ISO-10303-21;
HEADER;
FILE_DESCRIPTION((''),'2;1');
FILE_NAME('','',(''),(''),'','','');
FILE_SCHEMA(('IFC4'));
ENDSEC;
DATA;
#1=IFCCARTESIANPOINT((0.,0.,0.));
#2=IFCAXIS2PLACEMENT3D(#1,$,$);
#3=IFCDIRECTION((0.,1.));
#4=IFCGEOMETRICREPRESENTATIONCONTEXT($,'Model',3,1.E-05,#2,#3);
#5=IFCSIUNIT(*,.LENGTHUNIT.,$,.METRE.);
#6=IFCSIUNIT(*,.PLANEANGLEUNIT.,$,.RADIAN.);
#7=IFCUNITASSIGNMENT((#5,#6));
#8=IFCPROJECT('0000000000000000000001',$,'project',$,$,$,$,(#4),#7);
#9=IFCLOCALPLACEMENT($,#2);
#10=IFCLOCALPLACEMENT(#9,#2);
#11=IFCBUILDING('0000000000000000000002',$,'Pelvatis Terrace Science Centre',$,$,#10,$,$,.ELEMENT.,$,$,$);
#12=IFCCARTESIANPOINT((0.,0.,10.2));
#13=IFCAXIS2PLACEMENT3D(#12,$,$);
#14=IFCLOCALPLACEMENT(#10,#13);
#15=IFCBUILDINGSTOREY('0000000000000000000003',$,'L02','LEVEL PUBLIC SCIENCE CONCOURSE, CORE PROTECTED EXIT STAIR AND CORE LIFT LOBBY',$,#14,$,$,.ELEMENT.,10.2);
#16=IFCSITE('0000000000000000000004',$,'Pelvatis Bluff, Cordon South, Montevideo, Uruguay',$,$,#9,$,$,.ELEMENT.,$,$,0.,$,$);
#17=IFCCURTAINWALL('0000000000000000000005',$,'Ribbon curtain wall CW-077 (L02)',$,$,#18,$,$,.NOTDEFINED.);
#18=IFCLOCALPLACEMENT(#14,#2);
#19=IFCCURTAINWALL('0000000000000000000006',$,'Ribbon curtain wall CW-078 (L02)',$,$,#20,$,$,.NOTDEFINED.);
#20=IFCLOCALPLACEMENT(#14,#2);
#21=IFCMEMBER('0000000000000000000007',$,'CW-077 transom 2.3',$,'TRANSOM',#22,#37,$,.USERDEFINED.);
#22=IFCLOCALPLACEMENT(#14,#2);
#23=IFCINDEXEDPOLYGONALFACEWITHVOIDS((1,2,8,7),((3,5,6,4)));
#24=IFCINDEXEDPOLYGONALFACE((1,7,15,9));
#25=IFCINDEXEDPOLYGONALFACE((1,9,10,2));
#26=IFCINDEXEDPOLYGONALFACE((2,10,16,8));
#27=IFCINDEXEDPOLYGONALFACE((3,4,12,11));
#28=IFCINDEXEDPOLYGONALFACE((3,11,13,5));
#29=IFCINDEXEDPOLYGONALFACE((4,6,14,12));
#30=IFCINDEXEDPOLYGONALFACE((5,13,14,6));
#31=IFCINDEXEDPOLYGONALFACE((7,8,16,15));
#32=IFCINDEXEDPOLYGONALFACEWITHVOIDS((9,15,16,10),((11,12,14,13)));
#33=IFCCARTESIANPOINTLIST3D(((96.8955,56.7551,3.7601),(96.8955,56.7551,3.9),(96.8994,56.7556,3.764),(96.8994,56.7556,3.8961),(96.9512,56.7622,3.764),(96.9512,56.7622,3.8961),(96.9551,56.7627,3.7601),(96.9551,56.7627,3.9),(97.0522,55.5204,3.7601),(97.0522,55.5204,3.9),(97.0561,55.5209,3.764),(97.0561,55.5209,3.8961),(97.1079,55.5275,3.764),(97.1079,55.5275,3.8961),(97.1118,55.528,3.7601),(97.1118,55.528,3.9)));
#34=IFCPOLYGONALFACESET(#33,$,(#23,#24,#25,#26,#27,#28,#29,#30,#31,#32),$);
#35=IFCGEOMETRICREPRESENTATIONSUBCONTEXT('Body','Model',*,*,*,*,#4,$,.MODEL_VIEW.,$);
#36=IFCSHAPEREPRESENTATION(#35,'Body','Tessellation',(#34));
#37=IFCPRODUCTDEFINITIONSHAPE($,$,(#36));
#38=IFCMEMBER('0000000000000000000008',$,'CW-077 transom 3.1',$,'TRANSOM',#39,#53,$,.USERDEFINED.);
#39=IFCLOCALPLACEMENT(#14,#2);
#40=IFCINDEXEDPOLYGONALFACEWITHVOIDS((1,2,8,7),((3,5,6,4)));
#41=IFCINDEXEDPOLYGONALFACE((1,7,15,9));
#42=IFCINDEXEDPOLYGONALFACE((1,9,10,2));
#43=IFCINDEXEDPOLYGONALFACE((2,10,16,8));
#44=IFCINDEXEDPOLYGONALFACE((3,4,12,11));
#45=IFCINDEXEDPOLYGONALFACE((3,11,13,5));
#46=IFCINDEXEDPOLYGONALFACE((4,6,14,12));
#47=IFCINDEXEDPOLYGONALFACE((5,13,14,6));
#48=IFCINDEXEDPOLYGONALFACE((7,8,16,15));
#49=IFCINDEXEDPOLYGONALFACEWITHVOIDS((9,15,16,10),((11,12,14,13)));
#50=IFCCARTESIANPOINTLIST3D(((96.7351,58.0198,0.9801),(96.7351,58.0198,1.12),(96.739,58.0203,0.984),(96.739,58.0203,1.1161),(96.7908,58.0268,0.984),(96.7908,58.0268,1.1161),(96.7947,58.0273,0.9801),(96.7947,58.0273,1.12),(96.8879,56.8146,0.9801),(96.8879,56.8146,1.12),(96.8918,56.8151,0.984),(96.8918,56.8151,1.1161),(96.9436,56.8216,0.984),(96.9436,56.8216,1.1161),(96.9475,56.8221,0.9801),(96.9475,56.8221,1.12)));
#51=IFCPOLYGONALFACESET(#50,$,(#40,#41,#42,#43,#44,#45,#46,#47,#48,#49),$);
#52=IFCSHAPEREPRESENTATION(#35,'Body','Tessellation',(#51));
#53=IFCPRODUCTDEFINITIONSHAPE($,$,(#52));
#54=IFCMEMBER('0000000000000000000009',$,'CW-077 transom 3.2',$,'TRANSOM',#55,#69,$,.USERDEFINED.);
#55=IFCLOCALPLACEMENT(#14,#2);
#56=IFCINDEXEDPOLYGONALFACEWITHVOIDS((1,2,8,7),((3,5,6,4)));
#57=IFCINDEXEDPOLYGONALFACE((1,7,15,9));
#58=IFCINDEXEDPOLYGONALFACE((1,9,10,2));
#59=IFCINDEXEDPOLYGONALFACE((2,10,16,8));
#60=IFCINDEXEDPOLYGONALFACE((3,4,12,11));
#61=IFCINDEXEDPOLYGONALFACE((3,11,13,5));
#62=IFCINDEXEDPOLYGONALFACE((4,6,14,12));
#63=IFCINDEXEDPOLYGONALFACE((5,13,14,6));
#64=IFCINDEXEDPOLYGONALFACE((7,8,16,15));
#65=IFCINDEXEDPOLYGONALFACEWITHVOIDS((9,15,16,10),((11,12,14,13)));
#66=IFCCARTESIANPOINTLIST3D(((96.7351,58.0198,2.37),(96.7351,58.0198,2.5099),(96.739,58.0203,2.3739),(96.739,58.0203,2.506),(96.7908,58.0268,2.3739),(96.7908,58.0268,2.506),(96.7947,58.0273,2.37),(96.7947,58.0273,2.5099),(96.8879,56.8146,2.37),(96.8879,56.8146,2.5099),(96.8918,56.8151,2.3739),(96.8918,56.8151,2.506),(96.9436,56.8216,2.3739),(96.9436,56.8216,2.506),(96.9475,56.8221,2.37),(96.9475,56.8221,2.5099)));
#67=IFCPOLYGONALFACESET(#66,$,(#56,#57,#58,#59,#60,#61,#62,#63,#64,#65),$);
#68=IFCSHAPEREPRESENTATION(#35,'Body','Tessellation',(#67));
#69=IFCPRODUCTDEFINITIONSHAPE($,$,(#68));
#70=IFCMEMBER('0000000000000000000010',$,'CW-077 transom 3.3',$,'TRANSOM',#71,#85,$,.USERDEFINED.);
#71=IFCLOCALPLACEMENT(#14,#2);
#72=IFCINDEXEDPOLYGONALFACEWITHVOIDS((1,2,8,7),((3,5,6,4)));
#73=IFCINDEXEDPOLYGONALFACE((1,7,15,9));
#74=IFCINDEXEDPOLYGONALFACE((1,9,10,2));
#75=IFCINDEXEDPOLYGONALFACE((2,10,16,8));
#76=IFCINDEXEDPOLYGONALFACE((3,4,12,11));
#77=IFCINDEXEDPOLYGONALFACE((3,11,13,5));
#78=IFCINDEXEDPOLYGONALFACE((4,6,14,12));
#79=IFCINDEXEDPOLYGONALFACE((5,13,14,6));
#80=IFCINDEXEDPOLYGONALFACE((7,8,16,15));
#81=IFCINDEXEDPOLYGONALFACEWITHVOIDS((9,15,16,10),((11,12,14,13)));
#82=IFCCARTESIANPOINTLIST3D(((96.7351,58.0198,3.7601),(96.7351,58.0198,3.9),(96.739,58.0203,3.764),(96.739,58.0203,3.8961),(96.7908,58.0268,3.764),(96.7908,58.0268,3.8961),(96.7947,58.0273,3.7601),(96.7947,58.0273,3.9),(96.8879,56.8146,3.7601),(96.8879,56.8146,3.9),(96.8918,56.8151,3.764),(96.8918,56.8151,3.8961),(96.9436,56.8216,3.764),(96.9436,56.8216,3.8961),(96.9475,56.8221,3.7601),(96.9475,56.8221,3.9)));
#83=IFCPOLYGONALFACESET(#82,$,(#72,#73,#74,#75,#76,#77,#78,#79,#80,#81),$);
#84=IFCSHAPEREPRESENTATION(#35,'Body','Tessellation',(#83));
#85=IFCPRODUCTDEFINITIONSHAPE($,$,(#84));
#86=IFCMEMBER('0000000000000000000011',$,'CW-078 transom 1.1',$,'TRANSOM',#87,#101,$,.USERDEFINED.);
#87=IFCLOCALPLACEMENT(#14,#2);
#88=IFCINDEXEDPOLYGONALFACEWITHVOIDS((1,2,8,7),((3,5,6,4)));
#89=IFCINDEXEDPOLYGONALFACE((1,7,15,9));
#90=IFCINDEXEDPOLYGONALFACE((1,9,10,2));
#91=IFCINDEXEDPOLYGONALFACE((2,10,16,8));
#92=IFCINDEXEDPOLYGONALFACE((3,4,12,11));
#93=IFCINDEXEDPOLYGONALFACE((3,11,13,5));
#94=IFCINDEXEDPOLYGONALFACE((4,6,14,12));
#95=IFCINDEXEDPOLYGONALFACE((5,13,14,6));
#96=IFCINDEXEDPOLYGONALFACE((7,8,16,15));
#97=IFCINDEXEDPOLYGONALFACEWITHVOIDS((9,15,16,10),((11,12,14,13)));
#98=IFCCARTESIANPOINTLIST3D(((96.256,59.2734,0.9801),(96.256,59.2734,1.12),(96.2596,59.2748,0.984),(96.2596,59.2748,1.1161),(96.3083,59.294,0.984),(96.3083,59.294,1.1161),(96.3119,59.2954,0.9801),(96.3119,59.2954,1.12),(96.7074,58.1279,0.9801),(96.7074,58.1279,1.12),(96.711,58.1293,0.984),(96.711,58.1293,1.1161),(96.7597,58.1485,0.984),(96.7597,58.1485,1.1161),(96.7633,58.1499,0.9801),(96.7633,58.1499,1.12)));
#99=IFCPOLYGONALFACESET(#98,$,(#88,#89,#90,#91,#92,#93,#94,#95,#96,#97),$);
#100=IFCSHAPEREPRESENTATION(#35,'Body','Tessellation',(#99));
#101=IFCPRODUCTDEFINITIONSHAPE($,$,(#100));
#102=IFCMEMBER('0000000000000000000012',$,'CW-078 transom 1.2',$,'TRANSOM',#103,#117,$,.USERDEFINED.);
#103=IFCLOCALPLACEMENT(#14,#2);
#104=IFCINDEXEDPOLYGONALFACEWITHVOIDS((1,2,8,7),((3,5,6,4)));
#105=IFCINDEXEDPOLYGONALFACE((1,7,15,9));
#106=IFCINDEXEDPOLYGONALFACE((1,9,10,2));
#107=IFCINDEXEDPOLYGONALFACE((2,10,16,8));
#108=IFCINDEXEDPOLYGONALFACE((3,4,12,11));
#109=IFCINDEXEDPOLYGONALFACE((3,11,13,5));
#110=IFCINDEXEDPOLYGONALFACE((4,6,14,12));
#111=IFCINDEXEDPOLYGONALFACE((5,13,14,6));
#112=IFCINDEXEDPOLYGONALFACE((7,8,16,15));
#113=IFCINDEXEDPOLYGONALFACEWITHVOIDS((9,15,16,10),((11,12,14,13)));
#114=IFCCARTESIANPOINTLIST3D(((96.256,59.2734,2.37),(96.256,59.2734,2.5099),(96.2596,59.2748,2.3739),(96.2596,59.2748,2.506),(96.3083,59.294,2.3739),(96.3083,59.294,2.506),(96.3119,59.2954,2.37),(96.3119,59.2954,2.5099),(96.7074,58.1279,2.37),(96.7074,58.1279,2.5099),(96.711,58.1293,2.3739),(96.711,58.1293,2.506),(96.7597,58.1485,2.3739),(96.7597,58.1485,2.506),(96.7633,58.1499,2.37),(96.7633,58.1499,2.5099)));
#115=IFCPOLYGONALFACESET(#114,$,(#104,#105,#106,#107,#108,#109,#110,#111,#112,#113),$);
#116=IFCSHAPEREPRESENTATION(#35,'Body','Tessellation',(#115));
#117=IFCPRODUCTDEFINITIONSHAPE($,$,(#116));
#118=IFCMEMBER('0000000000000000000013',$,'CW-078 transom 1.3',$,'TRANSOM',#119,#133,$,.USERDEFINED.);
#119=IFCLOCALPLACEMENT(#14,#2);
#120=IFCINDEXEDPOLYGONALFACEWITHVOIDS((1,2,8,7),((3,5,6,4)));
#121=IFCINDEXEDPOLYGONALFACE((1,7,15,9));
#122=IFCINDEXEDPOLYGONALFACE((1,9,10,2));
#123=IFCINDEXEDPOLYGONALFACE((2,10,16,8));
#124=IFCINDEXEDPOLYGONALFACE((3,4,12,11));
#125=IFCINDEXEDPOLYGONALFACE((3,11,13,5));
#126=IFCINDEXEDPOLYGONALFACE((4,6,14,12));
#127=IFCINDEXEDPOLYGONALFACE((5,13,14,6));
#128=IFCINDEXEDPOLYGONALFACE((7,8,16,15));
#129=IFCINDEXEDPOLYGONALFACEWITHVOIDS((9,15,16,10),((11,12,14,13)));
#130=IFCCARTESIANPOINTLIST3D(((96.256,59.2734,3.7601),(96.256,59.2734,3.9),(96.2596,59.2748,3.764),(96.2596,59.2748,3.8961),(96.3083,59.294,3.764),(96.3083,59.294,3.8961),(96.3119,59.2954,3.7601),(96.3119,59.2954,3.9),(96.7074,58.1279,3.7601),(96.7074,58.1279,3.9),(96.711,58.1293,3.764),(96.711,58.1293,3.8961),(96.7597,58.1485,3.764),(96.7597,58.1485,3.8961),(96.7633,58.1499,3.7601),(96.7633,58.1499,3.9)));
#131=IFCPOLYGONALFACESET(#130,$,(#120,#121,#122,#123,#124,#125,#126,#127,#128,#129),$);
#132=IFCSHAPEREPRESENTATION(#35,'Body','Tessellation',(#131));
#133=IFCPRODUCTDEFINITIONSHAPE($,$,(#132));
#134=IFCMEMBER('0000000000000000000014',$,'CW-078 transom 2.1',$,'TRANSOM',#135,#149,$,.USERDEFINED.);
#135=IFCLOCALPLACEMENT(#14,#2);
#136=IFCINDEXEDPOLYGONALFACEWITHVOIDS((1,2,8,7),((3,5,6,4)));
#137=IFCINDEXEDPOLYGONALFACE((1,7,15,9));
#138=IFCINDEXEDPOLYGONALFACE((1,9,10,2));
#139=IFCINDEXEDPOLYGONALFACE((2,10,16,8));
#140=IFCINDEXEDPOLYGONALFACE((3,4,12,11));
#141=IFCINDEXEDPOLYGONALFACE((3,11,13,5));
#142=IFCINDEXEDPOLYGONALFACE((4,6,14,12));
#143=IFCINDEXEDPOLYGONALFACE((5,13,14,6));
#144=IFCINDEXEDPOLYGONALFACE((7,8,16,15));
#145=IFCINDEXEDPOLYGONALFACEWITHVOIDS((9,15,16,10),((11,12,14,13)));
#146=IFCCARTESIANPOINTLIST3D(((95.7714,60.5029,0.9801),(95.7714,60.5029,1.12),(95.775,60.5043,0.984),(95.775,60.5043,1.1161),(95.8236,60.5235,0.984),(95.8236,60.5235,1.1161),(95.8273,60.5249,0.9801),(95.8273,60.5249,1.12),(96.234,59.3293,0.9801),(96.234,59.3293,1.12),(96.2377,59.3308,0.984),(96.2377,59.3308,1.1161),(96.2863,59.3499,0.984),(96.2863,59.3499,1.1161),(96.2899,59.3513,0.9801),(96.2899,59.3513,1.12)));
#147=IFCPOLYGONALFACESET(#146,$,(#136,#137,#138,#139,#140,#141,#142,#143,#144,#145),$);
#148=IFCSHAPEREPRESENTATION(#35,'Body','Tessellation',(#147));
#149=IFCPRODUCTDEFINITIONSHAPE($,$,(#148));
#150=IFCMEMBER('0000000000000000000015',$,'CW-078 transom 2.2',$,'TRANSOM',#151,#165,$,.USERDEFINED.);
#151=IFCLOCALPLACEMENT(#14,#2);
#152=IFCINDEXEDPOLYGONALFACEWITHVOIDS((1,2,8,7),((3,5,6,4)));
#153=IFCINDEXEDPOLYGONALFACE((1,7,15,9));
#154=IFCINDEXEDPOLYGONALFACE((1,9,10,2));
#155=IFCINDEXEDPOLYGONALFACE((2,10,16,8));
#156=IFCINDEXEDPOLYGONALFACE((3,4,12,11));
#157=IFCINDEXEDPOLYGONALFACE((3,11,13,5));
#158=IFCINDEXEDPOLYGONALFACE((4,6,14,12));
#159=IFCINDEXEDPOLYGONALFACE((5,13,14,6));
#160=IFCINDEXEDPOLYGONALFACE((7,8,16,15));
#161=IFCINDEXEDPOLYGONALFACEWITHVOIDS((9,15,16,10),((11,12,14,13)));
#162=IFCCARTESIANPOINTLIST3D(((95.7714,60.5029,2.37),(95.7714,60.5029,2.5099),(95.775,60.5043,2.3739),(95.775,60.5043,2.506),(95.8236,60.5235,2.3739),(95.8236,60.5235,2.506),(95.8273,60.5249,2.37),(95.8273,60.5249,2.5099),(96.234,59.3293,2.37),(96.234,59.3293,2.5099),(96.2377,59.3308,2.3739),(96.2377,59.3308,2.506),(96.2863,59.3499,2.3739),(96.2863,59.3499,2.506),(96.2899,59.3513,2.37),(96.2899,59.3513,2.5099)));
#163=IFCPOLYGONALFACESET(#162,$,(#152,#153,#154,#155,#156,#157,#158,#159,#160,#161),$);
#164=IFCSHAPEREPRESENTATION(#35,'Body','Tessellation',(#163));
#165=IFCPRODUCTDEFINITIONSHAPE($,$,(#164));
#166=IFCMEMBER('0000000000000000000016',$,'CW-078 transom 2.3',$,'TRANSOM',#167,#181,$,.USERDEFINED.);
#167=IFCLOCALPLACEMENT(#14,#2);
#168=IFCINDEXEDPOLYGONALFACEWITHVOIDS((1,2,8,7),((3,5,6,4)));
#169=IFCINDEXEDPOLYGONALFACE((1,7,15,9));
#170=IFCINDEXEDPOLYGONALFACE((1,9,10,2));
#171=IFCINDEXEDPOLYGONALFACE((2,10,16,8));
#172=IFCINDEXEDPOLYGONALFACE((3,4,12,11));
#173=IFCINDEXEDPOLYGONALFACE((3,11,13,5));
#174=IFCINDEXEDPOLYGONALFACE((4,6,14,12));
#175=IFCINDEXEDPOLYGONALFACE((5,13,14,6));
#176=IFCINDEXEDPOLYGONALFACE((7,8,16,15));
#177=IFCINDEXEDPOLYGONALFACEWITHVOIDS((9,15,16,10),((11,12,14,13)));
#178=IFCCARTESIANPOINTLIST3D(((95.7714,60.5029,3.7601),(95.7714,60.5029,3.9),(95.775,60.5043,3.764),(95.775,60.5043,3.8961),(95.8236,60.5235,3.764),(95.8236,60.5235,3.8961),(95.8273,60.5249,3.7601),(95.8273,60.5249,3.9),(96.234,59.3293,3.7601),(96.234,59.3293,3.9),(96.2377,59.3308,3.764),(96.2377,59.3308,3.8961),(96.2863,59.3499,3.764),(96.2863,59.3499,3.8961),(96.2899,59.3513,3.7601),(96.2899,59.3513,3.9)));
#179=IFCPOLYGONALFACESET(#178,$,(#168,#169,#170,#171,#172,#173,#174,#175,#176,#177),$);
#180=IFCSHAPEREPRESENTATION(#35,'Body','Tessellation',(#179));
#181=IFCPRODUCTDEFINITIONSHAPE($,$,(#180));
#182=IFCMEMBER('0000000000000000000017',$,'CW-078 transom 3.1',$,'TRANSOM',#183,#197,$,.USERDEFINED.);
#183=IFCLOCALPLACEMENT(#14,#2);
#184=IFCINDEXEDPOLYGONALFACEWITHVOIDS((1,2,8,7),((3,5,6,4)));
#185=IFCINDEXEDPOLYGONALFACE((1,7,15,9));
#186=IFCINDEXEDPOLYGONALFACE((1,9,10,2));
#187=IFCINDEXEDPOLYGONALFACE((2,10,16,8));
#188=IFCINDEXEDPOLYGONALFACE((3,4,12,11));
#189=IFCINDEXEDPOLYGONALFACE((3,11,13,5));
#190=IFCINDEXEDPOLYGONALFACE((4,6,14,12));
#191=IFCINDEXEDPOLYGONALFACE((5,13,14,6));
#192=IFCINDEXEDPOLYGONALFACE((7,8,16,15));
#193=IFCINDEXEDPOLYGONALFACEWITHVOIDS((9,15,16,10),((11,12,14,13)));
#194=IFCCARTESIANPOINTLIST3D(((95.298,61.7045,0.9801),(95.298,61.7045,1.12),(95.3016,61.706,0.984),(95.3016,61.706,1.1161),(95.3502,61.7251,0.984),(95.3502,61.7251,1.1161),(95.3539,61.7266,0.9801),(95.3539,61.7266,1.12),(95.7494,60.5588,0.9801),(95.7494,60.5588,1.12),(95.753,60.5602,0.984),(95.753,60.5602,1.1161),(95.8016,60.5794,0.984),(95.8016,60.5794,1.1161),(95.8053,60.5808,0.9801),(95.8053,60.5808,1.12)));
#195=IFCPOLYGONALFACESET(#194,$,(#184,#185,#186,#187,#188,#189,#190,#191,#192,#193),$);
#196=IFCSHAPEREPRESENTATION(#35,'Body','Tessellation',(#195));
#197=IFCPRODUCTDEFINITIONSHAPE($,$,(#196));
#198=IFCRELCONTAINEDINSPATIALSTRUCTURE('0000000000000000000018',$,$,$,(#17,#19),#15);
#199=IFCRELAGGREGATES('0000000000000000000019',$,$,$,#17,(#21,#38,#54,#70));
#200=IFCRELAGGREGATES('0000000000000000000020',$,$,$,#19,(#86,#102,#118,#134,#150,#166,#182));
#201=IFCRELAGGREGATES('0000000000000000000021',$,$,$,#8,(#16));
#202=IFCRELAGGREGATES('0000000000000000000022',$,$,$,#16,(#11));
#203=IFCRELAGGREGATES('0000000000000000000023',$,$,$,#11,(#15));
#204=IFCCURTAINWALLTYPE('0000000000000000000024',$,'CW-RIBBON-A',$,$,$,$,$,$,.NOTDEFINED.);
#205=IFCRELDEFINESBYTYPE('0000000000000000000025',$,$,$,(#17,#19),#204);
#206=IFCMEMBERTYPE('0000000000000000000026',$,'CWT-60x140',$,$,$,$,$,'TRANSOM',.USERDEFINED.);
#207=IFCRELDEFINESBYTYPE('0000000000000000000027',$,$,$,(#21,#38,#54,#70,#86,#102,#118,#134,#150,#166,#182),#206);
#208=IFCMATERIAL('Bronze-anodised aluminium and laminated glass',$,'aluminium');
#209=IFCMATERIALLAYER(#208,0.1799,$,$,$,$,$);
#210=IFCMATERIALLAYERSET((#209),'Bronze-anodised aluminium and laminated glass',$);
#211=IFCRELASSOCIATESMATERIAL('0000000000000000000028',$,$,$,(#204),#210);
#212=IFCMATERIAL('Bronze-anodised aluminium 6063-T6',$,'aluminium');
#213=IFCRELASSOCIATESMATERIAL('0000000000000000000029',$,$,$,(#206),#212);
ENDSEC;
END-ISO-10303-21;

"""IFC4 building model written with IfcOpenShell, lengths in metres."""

from ifc_helpers import new_model, si_unit, direction, frame, origin, origin_2d, place, context, subcontext, project, spatial, hollow_rectangle, extrude, material, layer, layer_set, material_profile, profile_set, type_object, element, aggregate, save


model = new_model("IFC4")

# Units and contexts
model_context = context("Model", 3, precision=1e-05, world=origin(), true_north=direction((0.0, 1.0)))
body_context = subcontext(model_context, "Body", "Model", "MODEL_VIEW")
ifc_project = project(units=[si_unit("LENGTHUNIT", "METRE"), si_unit("PLANEANGLEUNIT", "RADIAN")], contexts=[model_context])

# Site, building, storey
site_placement = place(None, origin())
site = spatial("IfcSite", under=ifc_project, at=site_placement, Name="Pelvatis Bluff, Cordon South, Montevideo, Uruguay", CompositionType="ELEMENT", RefElevation=0.0)
building_placement = place(site_placement, origin())
building = spatial("IfcBuilding", under=site, at=building_placement, Name="Pelvatis Terrace Science Centre", CompositionType="ELEMENT")
storey_placement = place(building_placement, frame((0.0, 0.0, 10.2)))
storey = spatial("IfcBuildingStorey", under=building, at=storey_placement, Name="L02", Description="LEVEL PUBLIC SCIENCE CONCOURSE, CORE PROTECTED EXIT STAIR AND CORE LIFT LOBBY", CompositionType="ELEMENT", Elevation=10.2)

# Curtain walls
ifc_material_1 = material(Name="Bronze-anodised aluminium and laminated glass", Category="aluminium")
ifc_layer_1 = layer(ifc_material_1, 0.1799)
ifc_layer_set_1 = layer_set([ifc_layer_1], Name="Bronze-anodised aluminium and laminated glass")
curtain_wall_type = type_object("IfcCurtainWallType", Name="CW-RIBBON-A", PredefinedType="NOTDEFINED", material=ifc_layer_set_1)
curtain_wall_1_placement = place(storey_placement, origin())
curtain_wall_1 = element("IfcCurtainWall", 1, at=curtain_wall_1_placement, inside=storey, type_object=curtain_wall_type, Name="Ribbon curtain wall CW-077 (L02)", PredefinedType="NOTDEFINED")
curtain_wall_2_placement = place(storey_placement, origin())
curtain_wall_2 = element("IfcCurtainWall", 2, at=curtain_wall_2_placement, inside=storey, type_object=curtain_wall_type, Name="Ribbon curtain wall CW-078 (L02)", PredefinedType="NOTDEFINED")

# Members
ifc_material_2 = material(Name="Bronze-anodised aluminium 6063-T6", Category="aluminium")
ifc_material_profile_1 = material_profile(ifc_material_2, hollow_rectangle(XDim=0.0601, YDim=0.1399, WallThickness=0.0039, at=origin_2d()), Name="ALU-TRN 60x140")
ifc_profile_set_1 = profile_set([ifc_material_profile_1], Name="Bronze-anodised aluminium 6063-T6")
member_type_1 = type_object("IfcMemberType", Name="CWT-60x140", ElementType="TRANSOM", PredefinedType="USERDEFINED", material=ifc_profile_set_1)
member_1_placement = place(storey_placement, frame((97.082, 55.5242, 3.8301), z_axis=(-0.125942, 0.992038, 0.0), x_axis=(-0.992038, -0.125942, 0.0)))
member_1 = element("IfcMember", 3, at=member_1_placement, type_object=member_type_1, Name="CW-077 transom 2.3", ObjectType="TRANSOM", PredefinedType="USERDEFINED", context=body_context, shape_type="SweptSolid", body=[
    extrude(hollow_rectangle(XDim=0.0601, YDim=0.1399, WallThickness=0.0039, at=origin_2d()), origin(), (0.0, 0.0, 1.0), 1.2446),
])
member_2_placement = place(storey_placement, frame((96.9177, 56.8184, 1.05), z_axis=(-0.125816, 0.992054, 0.0), x_axis=(-0.992054, -0.125816, 0.0)))
member_2 = element("IfcMember", 4, at=member_2_placement, type_object=member_type_1, Name="CW-077 transom 3.1", ObjectType="TRANSOM", PredefinedType="USERDEFINED", context=body_context, shape_type="SweptSolid", body=[
    extrude(hollow_rectangle(XDim=0.0601, YDim=0.1399, WallThickness=0.0039, at=origin_2d()), origin(), (0.0, 0.0, 1.0), 1.2148),
])
member_3_placement = place(storey_placement, frame((96.9177, 56.8184, 2.4399), z_axis=(-0.125816, 0.992054, 0.0), x_axis=(-0.992054, -0.125816, 0.0)))
member_3 = element("IfcMember", 5, at=member_3_placement, type_object=member_type_1, Name="CW-077 transom 3.2", ObjectType="TRANSOM", PredefinedType="USERDEFINED", context=body_context, shape_type="SweptSolid", body=[
    extrude(hollow_rectangle(XDim=0.0601, YDim=0.1399, WallThickness=0.0039, at=origin_2d()), origin(), (0.0, 0.0, 1.0), 1.2148),
])
member_4_placement = place(storey_placement, frame((96.9177, 56.8184, 3.8301), z_axis=(-0.125816, 0.992054, 0.0), x_axis=(-0.992054, -0.125816, 0.0)))
member_4 = element("IfcMember", 6, at=member_4_placement, type_object=member_type_1, Name="CW-077 transom 3.3", ObjectType="TRANSOM", PredefinedType="USERDEFINED", context=body_context, shape_type="SweptSolid", body=[
    extrude(hollow_rectangle(XDim=0.0601, YDim=0.1399, WallThickness=0.0039, at=origin_2d()), origin(), (0.0, 0.0, 1.0), 1.2148),
])
member_5_placement = place(storey_placement, frame((96.7354, 58.1389, 1.05), z_axis=(-0.366634, 0.930365, 0.0), x_axis=(-0.930365, -0.366634, 0.0)))
member_5 = element("IfcMember", 7, at=member_5_placement, type_object=member_type_1, Name="CW-078 transom 1.1", ObjectType="TRANSOM", PredefinedType="USERDEFINED", context=body_context, shape_type="SweptSolid", body=[
    extrude(hollow_rectangle(XDim=0.0601, YDim=0.1399, WallThickness=0.0039, at=origin_2d()), origin(), (0.0, 0.0, 1.0), 1.2312),
])
member_6_placement = place(storey_placement, frame((96.7354, 58.1389, 2.4399), z_axis=(-0.366634, 0.930365, 0.0), x_axis=(-0.930365, -0.366634, 0.0)))
member_6 = element("IfcMember", 8, at=member_6_placement, type_object=member_type_1, Name="CW-078 transom 1.2", ObjectType="TRANSOM", PredefinedType="USERDEFINED", context=body_context, shape_type="SweptSolid", body=[
    extrude(hollow_rectangle(XDim=0.0601, YDim=0.1399, WallThickness=0.0039, at=origin_2d()), origin(), (0.0, 0.0, 1.0), 1.2312),
])
member_7_placement = place(storey_placement, frame((96.7354, 58.1389, 3.8301), z_axis=(-0.366634, 0.930365, 0.0), x_axis=(-0.930365, -0.366634, 0.0)))
member_7 = element("IfcMember", 9, at=member_7_placement, type_object=member_type_1, Name="CW-078 transom 1.3", ObjectType="TRANSOM", PredefinedType="USERDEFINED", context=body_context, shape_type="SweptSolid", body=[
    extrude(hollow_rectangle(XDim=0.0601, YDim=0.1399, WallThickness=0.0039, at=origin_2d()), origin(), (0.0, 0.0, 1.0), 1.2312),
])
member_8_placement = place(storey_placement, frame((96.262, 59.3403, 1.05), z_axis=(-0.366748, 0.93032, 0.0), x_axis=(-0.93032, -0.366748, 0.0)))
member_8 = element("IfcMember", 10, at=member_8_placement, type_object=member_type_1, Name="CW-078 transom 2.1", ObjectType="TRANSOM", PredefinedType="USERDEFINED", context=body_context, shape_type="SweptSolid", body=[
    extrude(hollow_rectangle(XDim=0.0601, YDim=0.1399, WallThickness=0.0039, at=origin_2d()), origin(), (0.0, 0.0, 1.0), 1.2615),
])
member_9_placement = place(storey_placement, frame((96.262, 59.3403, 2.4399), z_axis=(-0.366748, 0.93032, 0.0), x_axis=(-0.93032, -0.366748, 0.0)))
member_9 = element("IfcMember", 11, at=member_9_placement, type_object=member_type_1, Name="CW-078 transom 2.2", ObjectType="TRANSOM", PredefinedType="USERDEFINED", context=body_context, shape_type="SweptSolid", body=[
    extrude(hollow_rectangle(XDim=0.0601, YDim=0.1399, WallThickness=0.0039, at=origin_2d()), origin(), (0.0, 0.0, 1.0), 1.2615),
])
member_10_placement = place(storey_placement, frame((96.262, 59.3403, 3.8301), z_axis=(-0.366748, 0.93032, 0.0), x_axis=(-0.93032, -0.366748, 0.0)))
member_10 = element("IfcMember", 12, at=member_10_placement, type_object=member_type_1, Name="CW-078 transom 2.3", ObjectType="TRANSOM", PredefinedType="USERDEFINED", context=body_context, shape_type="SweptSolid", body=[
    extrude(hollow_rectangle(XDim=0.0601, YDim=0.1399, WallThickness=0.0039, at=origin_2d()), origin(), (0.0, 0.0, 1.0), 1.2615),
])
member_11_placement = place(storey_placement, frame((95.7773, 60.5698, 1.05), z_axis=(-0.366566, 0.930392, 0.0), x_axis=(-0.930392, -0.366566, 0.0)))
member_11 = element("IfcMember", 13, at=member_11_placement, type_object=member_type_1, Name="CW-078 transom 3.1", ObjectType="TRANSOM", PredefinedType="USERDEFINED", context=body_context, shape_type="SweptSolid", body=[
    extrude(hollow_rectangle(XDim=0.0601, YDim=0.1399, WallThickness=0.0039, at=origin_2d()), origin(), (0.0, 0.0, 1.0), 1.2314),
])

aggregate(curtain_wall_1, [member_1, member_2, member_3, member_4])
aggregate(curtain_wall_2, [member_5, member_6, member_7, member_8, member_9, member_10, member_11])

save(model, "model.ifc")
